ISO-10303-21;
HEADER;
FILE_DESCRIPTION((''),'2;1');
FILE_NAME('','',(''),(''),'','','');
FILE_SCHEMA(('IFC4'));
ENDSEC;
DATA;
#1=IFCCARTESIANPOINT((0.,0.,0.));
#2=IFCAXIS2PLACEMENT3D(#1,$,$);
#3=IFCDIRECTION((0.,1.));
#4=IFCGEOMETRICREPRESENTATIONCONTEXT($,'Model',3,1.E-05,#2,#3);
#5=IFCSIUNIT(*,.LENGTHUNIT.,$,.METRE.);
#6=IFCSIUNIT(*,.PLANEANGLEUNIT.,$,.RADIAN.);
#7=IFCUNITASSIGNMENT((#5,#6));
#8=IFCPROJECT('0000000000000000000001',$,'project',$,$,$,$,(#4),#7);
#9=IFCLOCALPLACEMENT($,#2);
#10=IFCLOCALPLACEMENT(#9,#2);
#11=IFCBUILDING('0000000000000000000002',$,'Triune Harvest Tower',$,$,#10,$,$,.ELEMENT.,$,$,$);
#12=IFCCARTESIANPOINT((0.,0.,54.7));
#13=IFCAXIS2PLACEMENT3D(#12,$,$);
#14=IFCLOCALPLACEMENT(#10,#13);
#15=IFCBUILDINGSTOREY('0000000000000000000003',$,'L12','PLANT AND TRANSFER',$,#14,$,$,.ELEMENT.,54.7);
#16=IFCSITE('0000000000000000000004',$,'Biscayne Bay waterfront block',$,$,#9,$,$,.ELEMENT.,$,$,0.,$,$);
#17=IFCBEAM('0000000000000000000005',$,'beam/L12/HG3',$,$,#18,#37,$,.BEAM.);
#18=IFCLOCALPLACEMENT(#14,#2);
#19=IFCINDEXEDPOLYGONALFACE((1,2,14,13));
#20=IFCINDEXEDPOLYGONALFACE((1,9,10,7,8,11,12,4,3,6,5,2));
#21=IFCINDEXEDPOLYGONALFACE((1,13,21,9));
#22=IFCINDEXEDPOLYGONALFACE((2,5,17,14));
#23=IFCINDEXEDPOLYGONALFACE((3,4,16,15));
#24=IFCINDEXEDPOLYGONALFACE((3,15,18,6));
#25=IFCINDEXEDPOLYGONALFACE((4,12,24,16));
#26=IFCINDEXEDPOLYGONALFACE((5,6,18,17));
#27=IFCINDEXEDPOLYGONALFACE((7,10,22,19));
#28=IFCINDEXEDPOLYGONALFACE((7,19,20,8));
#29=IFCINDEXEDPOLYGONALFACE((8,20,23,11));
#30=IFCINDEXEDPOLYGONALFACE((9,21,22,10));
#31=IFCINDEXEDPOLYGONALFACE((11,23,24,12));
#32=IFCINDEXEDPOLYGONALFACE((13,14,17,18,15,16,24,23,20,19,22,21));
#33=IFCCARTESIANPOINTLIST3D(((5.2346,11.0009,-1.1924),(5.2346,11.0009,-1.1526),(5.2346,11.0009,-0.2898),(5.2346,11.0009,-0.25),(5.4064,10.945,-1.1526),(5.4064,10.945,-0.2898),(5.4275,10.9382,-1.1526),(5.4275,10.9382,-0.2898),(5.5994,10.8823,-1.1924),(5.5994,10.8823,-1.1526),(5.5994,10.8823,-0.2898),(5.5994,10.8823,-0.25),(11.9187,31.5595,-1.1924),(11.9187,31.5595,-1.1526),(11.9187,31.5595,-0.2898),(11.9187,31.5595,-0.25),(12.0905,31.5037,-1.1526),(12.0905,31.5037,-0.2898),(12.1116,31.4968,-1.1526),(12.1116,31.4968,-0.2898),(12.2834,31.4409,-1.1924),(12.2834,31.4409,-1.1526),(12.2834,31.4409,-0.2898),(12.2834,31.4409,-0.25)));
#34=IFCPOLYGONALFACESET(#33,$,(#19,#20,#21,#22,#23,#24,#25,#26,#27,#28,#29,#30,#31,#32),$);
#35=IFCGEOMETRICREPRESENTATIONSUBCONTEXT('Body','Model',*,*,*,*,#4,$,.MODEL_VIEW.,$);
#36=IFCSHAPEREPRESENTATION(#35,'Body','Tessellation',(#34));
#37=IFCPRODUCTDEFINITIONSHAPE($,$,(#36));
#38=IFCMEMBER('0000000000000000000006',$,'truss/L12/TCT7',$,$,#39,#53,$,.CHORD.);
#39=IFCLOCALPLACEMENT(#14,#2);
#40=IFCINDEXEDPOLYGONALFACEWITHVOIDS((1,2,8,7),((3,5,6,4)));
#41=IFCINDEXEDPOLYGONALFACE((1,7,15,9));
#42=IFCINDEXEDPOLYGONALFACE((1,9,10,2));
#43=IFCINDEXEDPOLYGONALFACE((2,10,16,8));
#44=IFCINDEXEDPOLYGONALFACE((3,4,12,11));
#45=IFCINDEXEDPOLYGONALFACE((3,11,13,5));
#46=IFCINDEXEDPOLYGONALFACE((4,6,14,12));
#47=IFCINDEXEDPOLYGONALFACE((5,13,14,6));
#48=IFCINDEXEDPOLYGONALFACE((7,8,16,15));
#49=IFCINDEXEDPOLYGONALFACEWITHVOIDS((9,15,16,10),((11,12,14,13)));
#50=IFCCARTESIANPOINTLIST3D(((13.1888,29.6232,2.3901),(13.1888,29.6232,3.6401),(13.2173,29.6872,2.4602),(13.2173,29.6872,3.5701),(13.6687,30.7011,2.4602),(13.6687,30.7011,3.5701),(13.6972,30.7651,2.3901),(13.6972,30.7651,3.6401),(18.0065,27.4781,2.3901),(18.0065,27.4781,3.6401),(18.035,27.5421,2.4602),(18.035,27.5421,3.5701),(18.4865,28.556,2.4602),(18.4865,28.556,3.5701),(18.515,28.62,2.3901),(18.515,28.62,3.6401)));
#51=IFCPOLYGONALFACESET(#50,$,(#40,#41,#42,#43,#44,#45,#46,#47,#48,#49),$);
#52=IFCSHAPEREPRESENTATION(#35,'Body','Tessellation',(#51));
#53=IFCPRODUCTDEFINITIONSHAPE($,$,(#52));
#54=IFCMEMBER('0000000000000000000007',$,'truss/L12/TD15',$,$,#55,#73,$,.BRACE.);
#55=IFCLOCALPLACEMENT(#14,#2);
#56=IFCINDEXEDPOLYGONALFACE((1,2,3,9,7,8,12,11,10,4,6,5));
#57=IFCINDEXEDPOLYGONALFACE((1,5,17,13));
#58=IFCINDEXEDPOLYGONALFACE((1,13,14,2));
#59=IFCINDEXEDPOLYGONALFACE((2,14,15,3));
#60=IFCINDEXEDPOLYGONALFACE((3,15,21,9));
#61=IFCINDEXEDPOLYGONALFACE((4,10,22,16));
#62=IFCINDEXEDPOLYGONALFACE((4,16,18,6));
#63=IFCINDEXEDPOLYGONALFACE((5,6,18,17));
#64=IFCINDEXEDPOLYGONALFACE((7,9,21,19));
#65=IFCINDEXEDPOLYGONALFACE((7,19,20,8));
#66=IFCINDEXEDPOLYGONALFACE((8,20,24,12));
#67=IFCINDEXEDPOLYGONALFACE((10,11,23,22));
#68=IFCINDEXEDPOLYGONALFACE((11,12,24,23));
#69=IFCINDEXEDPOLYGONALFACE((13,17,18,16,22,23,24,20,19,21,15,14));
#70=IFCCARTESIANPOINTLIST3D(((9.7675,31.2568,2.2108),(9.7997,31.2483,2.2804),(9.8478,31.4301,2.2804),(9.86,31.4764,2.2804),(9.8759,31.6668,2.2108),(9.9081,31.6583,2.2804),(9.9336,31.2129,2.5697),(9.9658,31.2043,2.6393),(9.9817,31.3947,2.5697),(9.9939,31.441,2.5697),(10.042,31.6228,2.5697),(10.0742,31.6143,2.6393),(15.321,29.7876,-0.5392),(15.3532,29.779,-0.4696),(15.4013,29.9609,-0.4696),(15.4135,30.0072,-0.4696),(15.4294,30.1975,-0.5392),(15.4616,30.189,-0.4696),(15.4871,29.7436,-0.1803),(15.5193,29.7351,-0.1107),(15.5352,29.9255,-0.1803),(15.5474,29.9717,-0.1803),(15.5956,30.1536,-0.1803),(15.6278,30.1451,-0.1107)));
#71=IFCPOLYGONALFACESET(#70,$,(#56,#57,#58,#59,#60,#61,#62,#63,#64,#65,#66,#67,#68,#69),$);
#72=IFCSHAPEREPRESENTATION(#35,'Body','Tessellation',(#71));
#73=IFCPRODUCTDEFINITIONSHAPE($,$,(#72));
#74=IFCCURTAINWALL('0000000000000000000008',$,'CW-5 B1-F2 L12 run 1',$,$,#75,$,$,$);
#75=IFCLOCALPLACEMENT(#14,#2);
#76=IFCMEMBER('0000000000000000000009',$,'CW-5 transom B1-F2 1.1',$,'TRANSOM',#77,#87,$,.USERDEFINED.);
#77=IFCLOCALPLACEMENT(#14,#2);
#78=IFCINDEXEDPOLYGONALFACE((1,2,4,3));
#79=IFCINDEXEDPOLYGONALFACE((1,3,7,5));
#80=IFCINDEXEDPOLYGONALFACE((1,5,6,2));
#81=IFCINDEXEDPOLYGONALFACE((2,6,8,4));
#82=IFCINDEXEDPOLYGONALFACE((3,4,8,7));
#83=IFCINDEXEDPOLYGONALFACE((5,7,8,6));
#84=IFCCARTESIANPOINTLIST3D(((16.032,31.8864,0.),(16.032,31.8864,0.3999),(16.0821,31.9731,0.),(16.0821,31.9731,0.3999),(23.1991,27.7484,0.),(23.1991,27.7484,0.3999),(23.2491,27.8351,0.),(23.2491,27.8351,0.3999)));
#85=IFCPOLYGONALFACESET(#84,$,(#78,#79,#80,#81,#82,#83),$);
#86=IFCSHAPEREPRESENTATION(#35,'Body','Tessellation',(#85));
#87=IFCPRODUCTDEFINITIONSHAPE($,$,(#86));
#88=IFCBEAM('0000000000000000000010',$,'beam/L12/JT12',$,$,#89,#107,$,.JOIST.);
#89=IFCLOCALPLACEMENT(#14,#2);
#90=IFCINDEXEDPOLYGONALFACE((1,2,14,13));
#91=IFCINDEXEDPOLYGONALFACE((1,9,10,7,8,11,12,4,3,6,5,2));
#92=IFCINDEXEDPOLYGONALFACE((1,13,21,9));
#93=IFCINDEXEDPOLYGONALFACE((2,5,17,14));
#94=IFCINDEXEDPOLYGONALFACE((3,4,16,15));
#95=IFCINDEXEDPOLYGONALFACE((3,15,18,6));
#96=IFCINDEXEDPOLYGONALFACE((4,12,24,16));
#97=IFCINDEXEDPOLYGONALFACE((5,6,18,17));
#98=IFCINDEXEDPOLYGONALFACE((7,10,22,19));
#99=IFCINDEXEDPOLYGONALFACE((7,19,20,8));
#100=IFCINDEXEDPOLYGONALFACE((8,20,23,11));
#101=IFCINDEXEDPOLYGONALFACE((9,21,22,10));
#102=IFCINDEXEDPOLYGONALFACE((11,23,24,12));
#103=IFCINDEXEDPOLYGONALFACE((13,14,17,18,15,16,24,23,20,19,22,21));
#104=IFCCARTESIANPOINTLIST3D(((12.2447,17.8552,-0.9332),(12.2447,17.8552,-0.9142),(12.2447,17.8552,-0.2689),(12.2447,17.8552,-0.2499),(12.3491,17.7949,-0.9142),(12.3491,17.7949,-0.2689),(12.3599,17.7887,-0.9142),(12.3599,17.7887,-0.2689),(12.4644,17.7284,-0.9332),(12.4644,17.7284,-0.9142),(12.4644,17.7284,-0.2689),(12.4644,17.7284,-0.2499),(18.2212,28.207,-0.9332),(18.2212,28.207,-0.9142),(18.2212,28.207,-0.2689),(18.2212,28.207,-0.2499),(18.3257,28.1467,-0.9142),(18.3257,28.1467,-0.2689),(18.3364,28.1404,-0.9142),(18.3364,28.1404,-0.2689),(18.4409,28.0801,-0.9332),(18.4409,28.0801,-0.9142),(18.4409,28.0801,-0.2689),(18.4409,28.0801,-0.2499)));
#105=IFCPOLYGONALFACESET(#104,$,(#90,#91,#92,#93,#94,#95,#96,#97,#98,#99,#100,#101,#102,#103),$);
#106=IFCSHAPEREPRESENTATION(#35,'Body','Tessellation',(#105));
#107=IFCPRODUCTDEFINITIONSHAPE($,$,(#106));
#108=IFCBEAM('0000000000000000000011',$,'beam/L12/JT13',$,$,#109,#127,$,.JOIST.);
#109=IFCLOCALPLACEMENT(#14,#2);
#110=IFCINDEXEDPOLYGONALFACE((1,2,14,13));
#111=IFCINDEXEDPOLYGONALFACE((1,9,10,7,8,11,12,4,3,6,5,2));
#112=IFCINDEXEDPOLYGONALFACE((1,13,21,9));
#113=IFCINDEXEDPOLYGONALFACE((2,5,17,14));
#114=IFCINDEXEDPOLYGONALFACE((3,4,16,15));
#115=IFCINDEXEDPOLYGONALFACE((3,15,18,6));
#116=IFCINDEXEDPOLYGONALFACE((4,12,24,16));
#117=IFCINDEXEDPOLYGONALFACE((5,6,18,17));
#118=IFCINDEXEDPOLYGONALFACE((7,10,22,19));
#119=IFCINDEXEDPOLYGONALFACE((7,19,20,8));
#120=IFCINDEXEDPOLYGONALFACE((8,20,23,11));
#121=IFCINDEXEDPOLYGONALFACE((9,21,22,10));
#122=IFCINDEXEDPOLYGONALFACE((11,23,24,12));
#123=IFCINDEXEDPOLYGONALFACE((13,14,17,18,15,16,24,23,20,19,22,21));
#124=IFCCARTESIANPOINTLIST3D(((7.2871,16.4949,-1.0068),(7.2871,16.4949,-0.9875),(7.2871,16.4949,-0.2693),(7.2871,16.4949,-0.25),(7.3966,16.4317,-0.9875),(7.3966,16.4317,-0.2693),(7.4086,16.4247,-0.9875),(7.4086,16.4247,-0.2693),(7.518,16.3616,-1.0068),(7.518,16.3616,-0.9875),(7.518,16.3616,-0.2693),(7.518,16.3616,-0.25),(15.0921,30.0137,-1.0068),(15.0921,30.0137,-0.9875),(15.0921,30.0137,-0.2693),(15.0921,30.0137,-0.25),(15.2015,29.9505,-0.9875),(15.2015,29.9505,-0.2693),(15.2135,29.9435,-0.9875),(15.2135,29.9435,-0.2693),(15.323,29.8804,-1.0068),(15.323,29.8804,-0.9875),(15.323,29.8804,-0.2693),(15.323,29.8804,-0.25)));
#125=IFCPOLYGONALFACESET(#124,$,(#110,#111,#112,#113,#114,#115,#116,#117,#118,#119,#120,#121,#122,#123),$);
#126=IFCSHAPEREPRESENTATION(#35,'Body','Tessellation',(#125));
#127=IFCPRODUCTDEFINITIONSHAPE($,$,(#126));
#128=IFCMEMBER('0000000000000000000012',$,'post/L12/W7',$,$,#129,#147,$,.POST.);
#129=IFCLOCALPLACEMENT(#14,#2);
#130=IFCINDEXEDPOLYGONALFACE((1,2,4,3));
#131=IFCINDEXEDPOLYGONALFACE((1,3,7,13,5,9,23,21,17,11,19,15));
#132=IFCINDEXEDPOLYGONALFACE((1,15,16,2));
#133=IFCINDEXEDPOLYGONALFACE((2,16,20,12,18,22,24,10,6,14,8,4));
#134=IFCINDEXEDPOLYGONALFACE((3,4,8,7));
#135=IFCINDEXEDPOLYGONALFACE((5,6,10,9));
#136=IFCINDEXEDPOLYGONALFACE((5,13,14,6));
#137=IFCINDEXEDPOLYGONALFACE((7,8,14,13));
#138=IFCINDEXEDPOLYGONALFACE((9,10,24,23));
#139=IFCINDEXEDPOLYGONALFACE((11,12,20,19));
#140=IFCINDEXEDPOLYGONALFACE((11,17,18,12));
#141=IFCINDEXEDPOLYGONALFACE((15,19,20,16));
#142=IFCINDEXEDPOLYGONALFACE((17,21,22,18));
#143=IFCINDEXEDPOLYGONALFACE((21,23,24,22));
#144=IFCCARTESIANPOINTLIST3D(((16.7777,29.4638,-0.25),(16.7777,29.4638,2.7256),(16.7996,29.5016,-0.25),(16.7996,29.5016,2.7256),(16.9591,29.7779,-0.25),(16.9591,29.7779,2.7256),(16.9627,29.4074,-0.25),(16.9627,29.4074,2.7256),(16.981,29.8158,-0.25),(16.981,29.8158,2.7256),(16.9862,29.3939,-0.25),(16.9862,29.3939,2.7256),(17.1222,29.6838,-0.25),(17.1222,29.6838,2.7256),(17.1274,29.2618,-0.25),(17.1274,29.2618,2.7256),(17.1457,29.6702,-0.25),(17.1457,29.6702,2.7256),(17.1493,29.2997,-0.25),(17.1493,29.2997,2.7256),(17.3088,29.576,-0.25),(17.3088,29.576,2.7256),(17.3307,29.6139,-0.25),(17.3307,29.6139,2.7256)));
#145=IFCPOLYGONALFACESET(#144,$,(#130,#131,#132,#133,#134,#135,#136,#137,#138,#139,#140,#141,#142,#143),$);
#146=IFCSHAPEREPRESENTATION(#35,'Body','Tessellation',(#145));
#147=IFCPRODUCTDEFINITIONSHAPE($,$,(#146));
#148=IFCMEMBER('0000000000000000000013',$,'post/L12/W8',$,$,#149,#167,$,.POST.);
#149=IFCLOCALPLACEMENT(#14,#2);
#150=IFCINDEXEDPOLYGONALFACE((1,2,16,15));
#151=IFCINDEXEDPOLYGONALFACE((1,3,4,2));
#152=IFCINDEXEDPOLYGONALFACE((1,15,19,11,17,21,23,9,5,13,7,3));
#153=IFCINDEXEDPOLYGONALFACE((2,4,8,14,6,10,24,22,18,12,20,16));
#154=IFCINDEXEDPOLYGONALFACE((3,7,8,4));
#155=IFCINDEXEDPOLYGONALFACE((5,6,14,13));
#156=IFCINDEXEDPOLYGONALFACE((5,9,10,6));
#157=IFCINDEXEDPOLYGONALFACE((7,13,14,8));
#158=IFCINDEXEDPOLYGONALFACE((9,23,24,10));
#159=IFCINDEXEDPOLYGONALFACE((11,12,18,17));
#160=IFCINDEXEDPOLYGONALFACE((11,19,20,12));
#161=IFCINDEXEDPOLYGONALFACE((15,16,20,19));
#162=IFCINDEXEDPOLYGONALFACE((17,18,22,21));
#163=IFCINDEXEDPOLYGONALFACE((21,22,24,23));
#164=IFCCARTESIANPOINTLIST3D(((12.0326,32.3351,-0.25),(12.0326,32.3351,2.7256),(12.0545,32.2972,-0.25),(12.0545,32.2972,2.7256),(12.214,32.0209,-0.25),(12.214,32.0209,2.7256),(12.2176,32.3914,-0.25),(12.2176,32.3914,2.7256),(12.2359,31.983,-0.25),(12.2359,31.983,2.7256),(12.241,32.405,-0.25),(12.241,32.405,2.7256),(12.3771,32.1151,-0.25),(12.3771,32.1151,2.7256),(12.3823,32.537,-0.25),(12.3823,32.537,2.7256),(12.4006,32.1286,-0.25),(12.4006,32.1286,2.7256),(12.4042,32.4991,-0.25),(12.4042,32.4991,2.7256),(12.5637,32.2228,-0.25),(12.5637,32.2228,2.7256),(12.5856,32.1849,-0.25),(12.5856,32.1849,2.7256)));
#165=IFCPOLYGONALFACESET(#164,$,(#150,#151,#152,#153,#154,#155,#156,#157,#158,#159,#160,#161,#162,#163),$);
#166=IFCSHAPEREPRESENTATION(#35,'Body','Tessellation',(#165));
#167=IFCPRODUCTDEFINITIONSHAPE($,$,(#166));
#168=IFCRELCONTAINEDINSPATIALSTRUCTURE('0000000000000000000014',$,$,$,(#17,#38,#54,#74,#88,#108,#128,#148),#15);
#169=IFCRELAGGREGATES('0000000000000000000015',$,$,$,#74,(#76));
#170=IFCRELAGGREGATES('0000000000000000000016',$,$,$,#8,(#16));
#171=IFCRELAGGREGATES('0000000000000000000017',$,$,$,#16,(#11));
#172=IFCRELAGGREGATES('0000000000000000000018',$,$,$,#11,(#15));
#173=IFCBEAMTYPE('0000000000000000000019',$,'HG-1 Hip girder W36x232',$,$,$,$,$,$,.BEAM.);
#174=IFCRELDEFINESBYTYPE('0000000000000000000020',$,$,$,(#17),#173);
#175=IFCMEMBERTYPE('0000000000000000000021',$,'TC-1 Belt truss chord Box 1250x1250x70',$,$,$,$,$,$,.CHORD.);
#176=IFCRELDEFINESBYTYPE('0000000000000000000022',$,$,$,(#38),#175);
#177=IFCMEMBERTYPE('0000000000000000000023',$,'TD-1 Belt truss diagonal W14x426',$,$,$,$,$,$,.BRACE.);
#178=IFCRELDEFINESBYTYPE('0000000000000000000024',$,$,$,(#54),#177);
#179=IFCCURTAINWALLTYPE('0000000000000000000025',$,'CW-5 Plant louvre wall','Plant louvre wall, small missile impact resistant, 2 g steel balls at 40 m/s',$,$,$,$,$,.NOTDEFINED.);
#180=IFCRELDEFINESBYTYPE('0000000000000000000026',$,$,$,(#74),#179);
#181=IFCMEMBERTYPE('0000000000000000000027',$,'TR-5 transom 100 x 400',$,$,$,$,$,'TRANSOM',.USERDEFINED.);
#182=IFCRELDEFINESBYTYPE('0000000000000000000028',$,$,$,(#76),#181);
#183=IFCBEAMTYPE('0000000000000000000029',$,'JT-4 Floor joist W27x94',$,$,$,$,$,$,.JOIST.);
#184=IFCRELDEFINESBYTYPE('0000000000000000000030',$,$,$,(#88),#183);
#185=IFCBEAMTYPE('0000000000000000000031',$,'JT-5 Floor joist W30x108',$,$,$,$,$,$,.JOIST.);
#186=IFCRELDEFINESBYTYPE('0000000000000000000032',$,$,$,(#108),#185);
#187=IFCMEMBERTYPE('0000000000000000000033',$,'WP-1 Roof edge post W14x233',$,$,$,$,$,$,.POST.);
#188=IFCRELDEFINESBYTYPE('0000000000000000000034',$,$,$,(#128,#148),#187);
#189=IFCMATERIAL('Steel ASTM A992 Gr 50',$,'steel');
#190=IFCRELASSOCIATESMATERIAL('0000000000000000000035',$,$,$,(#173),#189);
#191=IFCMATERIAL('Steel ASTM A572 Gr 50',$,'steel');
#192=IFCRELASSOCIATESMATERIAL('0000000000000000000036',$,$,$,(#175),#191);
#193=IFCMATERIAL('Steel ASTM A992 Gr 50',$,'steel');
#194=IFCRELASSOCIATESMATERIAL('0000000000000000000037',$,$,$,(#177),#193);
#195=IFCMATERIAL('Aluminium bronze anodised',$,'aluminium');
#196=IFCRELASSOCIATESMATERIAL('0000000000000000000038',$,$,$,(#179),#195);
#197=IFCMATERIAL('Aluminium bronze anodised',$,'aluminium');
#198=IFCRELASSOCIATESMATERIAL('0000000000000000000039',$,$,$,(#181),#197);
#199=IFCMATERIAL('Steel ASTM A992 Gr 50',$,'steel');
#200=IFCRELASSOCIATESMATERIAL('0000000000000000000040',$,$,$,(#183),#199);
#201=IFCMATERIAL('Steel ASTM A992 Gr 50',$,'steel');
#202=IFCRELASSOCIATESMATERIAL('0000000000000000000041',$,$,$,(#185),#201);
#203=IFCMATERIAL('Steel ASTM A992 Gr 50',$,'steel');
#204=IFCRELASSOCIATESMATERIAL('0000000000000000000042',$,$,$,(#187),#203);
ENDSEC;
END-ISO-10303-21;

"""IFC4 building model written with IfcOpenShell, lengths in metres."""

from ifc_helpers import new_model, si_unit, direction, frame, origin, origin_2d, place, context, subcontext, project, spatial, rectangle, hollow_rectangle, i_section, extrude, source, transform, mapped, material, material_profile, profile_set, type_object, element, aggregate, save


model = new_model("IFC4")

# Units and contexts
model_context = context("Model", 3, precision=1e-05, world=origin(), true_north=direction((0.0, 1.0)))
body_context = subcontext(model_context, "Body", "Model", "MODEL_VIEW")
ifc_project = project(units=[si_unit("LENGTHUNIT", "METRE"), si_unit("PLANEANGLEUNIT", "RADIAN")], contexts=[model_context])

# Site, building, storey
site_placement = place(None, origin())
site = spatial("IfcSite", under=ifc_project, at=site_placement, Name="Biscayne Bay waterfront block", CompositionType="ELEMENT", RefElevation=0.0)
building_placement = place(site_placement, origin())
building = spatial("IfcBuilding", under=site, at=building_placement, Name="Triune Harvest Tower", CompositionType="ELEMENT")
storey_placement = place(building_placement, frame((0.0, 0.0, 54.7)))
storey = spatial("IfcBuildingStorey", under=building, at=storey_placement, Name="L12", Description="PLANT AND TRANSFER", CompositionType="ELEMENT", Elevation=54.7)

# Beam
ifc_material_1 = material(Name="Steel ASTM A992 Gr 50", Category="steel")
ifc_material_profile_1 = material_profile(ifc_material_1, i_section(OverallWidth=0.3835, OverallDepth=0.9424, WebThickness=0.0222, FlangeThickness=0.0398, at=origin_2d()), Name="W36x232")
ifc_profile_set_1 = profile_set([ifc_material_profile_1], Name="Steel ASTM A992 Gr 50")
beam_type_1 = type_object("IfcBeamType", Name="HG-1 Hip girder W36x232", PredefinedType="BEAM", material=ifc_profile_set_1)
beam_1_placement = place(storey_placement, frame((12.1011, 31.5002, -0.7212), z_axis=(-0.309192, -0.951, 0.0), x_axis=(0.951, -0.309192, 0.0)))
element("IfcBeam", 1, at=beam_1_placement, inside=storey, type_object=beam_type_1, Name="beam/L12/HG3", PredefinedType="BEAM", context=body_context, shape_type="SweptSolid", body=[
    extrude(i_section(OverallWidth=0.3835, OverallDepth=0.9424, WebThickness=0.0222, FlangeThickness=0.0398, at=origin_2d()), origin(), (0.0, 0.0, 1.0), 21.6179),
])

# Members
ifc_material_2 = material(Name="Steel ASTM A572 Gr 50", Category="steel")
ifc_material_profile_2 = material_profile(ifc_material_2, hollow_rectangle(XDim=1.25, YDim=1.25, WallThickness=0.0701, at=origin_2d()), Name="Box 1250x1250x70")
ifc_profile_set_2 = profile_set([ifc_material_profile_2], Name="Steel ASTM A572 Gr 50")
member_type_1 = type_object("IfcMemberType", Name="TC-1 Belt truss chord Box 1250x1250x70", PredefinedType="CHORD", material=ifc_profile_set_2)
member_1_placement = place(storey_placement, frame((18.2607, 28.0491, 3.0151), z_axis=(-0.91354, 0.406748, 0.0), x_axis=(-0.406748, -0.91354, 0.0)))
element("IfcMember", 2, at=member_1_placement, inside=storey, type_object=member_type_1, Name="truss/L12/TCT7", PredefinedType="CHORD", context=body_context, shape_type="SweptSolid", body=[
    extrude(hollow_rectangle(XDim=1.25, YDim=1.25, WallThickness=0.0701, at=origin_2d()), origin(), (0.0, 0.0, 1.0), 5.2737),
])
ifc_material_3 = material(Name="Steel ASTM A992 Gr 50", Category="steel")
ifc_material_profile_3 = material_profile(ifc_material_3, i_section(OverallWidth=0.4241, OverallDepth=0.4751, WebThickness=0.0479, FlangeThickness=0.0771, at=origin_2d()), Name="W14x426")
ifc_profile_set_3 = profile_set([ifc_material_profile_3], Name="Steel ASTM A992 Gr 50")
member_type_2 = type_object("IfcMemberType", Name="TD-1 Belt truss diagonal W14x426", PredefinedType="BRACE", material=ifc_profile_set_3)
member_2_placement = place(storey_placement, frame((15.4744, 29.9663, -0.325), z_axis=(-0.871974, 0.230692, 0.43179), x_axis=(-0.255763, -0.96674, 0.0)))
element("IfcMember", 3, at=member_2_placement, inside=storey, type_object=member_type_2, Name="truss/L12/TD15", PredefinedType="BRACE", context=body_context, shape_type="SweptSolid", body=[
    extrude(i_section(OverallWidth=0.4241, OverallDepth=0.4751, WebThickness=0.0479, FlangeThickness=0.0771, at=origin_2d()), origin(), (0.0, 0.0, 1.0), 6.3689),
])

# Curtain wall, member
ifc_material_4 = material(Name="Aluminium bronze anodised", Category="aluminium")
curtain_wall_type = type_object("IfcCurtainWallType", Name="CW-5 Plant louvre wall", Description="Plant louvre wall, small missile impact resistant, 2 g steel balls at 40 m/s", PredefinedType="NOTDEFINED", material=ifc_material_4)
curtain_wall_1_placement = place(storey_placement, origin())
curtain_wall_1 = element("IfcCurtainWall", 4, at=curtain_wall_1_placement, inside=storey, type_object=curtain_wall_type, Name="CW-5 B1-F2 L12 run 1")
ifc_material_5 = material(Name="Aluminium bronze anodised", Category="aluminium")
ifc_material_profile_4 = material_profile(ifc_material_5, rectangle(XDim=0.1001, YDim=0.3999, at=origin_2d()), Name="TR-5 transom 100 x 400")
ifc_profile_set_4 = profile_set([ifc_material_profile_4], Name="Aluminium bronze anodised")
member_type_3 = type_object("IfcMemberType", Name="TR-5 transom 100 x 400", ElementType="TRANSOM", PredefinedType="USERDEFINED", material=ifc_profile_set_4)
member_3_placement = place(storey_placement, frame((23.2241, 27.7917, 0.2), z_axis=(-0.866022, 0.500007, 0.0), x_axis=(-0.500007, -0.866022, 0.0)))
member_3 = element("IfcMember", 5, at=member_3_placement, type_object=member_type_3, Name="CW-5 transom B1-F2 1.1", ObjectType="TRANSOM", PredefinedType="USERDEFINED", context=body_context, shape_type="SweptSolid", body=[
    extrude(rectangle(XDim=0.1001, YDim=0.3999, at=origin_2d()), origin(), (0.0, 0.0, 1.0), 8.2759),
])

# Beams
ifc_material_6 = material(Name="Steel ASTM A992 Gr 50", Category="steel")
ifc_material_profile_5 = material_profile(ifc_material_6, i_section(OverallWidth=0.2537, OverallDepth=0.6833, WebThickness=0.0125, FlangeThickness=0.019, at=origin_2d()), Name="W27x94")
ifc_profile_set_5 = profile_set([ifc_material_profile_5], Name="Steel ASTM A992 Gr 50")
beam_type_2 = type_object("IfcBeamType", Name="JT-4 Floor joist W27x94", PredefinedType="JOIST", material=ifc_profile_set_5)
shared_shape_1 = source(origin(), body_context, "Body", "SweptSolid", [
    extrude(i_section(OverallWidth=0.2537, OverallDepth=0.6833, WebThickness=0.0125, FlangeThickness=0.019, at=origin_2d()), origin(), (0.0, 0.0, 1.0), 11.9531),
])
beam_2_placement = place(storey_placement, frame((18.3311, 28.1436, -0.5916), z_axis=(-0.499996, -0.866027, 0.0), x_axis=(0.866027, -0.499996, 0.0)))
element("IfcBeam", 6, at=beam_2_placement, inside=storey, type_object=beam_type_2, Name="beam/L12/JT12", PredefinedType="JOIST", context=body_context, shape_type="MappedRepresentation", body=[
    mapped(shared_shape_1, transform((0.0, 0.0, 0.0), scale=1.0)),
])
ifc_material_7 = material(Name="Steel ASTM A992 Gr 50", Category="steel")
ifc_material_profile_6 = material_profile(ifc_material_7, i_section(OverallWidth=0.2666, OverallDepth=0.7568, WebThickness=0.0139, FlangeThickness=0.0193, at=origin_2d()), Name="W30x108")
ifc_profile_set_6 = profile_set([ifc_material_profile_6], Name="Steel ASTM A992 Gr 50")
beam_type_3 = type_object("IfcBeamType", Name="JT-5 Floor joist W30x108", PredefinedType="JOIST", material=ifc_profile_set_6)
shared_shape_2 = source(origin(), body_context, "Body", "SweptSolid", [
    extrude(i_section(OverallWidth=0.2666, OverallDepth=0.7568, WebThickness=0.0139, FlangeThickness=0.0193, at=origin_2d()), origin(), (0.0, 0.0, 1.0), 15.6101),
])
beam_3_placement = place(storey_placement, frame((15.2075, 29.947, -0.6284), z_axis=(-0.499993, -0.86603, 0.0), x_axis=(0.86603, -0.499993, 0.0)))
element("IfcBeam", 7, at=beam_3_placement, inside=storey, type_object=beam_type_3, Name="beam/L12/JT13", PredefinedType="JOIST", context=body_context, shape_type="MappedRepresentation", body=[
    mapped(shared_shape_2, transform((0.0, 0.0, 0.0), scale=1.0)),
])

# Members
ifc_material_8 = material(Name="Steel ASTM A992 Gr 50", Category="steel")
ifc_material_profile_7 = material_profile(ifc_material_8, i_section(OverallWidth=0.4038, OverallDepth=0.4065, WebThickness=0.0271, FlangeThickness=0.0437, at=origin_2d()), Name="W14x233")
ifc_profile_set_7 = profile_set([ifc_material_profile_7], Name="Steel ASTM A992 Gr 50")
member_type_4 = type_object("IfcMemberType", Name="WP-1 Roof edge post W14x233", PredefinedType="POST", material=ifc_profile_set_7)
shared_shape_3 = source(origin(), body_context, "Body", "SweptSolid", [
    extrude(i_section(OverallWidth=0.4038, OverallDepth=0.4065, WebThickness=0.0271, FlangeThickness=0.0437, at=origin_2d()), origin(), (0.0, 0.0, 1.0), 2.9756),
])
for number, where, z_axis, x_axis, name in (
    (8, (17.0542, 29.5388, -0.25), (0.0, 0.0, 1.0), (-0.866026, 0.499998, 0.0), "post/L12/W7"),
    (9, (12.3091, 32.26, -0.25), (0.0, 0.0, 1.0), (-0.866025, -0.5, 0.0), "post/L12/W8"),
):
    element("IfcMember", number, at=place(storey_placement, frame(where, z_axis=z_axis, x_axis=x_axis)), inside=storey, type_object=member_type_4, Name=name, PredefinedType="POST", context=body_context, shape_type="MappedRepresentation", body=[
        mapped(shared_shape_3, transform((0.0, 0.0, 0.0), scale=1.0)),
    ])

aggregate(curtain_wall_1, [member_3])

save(model, "model.ifc")
